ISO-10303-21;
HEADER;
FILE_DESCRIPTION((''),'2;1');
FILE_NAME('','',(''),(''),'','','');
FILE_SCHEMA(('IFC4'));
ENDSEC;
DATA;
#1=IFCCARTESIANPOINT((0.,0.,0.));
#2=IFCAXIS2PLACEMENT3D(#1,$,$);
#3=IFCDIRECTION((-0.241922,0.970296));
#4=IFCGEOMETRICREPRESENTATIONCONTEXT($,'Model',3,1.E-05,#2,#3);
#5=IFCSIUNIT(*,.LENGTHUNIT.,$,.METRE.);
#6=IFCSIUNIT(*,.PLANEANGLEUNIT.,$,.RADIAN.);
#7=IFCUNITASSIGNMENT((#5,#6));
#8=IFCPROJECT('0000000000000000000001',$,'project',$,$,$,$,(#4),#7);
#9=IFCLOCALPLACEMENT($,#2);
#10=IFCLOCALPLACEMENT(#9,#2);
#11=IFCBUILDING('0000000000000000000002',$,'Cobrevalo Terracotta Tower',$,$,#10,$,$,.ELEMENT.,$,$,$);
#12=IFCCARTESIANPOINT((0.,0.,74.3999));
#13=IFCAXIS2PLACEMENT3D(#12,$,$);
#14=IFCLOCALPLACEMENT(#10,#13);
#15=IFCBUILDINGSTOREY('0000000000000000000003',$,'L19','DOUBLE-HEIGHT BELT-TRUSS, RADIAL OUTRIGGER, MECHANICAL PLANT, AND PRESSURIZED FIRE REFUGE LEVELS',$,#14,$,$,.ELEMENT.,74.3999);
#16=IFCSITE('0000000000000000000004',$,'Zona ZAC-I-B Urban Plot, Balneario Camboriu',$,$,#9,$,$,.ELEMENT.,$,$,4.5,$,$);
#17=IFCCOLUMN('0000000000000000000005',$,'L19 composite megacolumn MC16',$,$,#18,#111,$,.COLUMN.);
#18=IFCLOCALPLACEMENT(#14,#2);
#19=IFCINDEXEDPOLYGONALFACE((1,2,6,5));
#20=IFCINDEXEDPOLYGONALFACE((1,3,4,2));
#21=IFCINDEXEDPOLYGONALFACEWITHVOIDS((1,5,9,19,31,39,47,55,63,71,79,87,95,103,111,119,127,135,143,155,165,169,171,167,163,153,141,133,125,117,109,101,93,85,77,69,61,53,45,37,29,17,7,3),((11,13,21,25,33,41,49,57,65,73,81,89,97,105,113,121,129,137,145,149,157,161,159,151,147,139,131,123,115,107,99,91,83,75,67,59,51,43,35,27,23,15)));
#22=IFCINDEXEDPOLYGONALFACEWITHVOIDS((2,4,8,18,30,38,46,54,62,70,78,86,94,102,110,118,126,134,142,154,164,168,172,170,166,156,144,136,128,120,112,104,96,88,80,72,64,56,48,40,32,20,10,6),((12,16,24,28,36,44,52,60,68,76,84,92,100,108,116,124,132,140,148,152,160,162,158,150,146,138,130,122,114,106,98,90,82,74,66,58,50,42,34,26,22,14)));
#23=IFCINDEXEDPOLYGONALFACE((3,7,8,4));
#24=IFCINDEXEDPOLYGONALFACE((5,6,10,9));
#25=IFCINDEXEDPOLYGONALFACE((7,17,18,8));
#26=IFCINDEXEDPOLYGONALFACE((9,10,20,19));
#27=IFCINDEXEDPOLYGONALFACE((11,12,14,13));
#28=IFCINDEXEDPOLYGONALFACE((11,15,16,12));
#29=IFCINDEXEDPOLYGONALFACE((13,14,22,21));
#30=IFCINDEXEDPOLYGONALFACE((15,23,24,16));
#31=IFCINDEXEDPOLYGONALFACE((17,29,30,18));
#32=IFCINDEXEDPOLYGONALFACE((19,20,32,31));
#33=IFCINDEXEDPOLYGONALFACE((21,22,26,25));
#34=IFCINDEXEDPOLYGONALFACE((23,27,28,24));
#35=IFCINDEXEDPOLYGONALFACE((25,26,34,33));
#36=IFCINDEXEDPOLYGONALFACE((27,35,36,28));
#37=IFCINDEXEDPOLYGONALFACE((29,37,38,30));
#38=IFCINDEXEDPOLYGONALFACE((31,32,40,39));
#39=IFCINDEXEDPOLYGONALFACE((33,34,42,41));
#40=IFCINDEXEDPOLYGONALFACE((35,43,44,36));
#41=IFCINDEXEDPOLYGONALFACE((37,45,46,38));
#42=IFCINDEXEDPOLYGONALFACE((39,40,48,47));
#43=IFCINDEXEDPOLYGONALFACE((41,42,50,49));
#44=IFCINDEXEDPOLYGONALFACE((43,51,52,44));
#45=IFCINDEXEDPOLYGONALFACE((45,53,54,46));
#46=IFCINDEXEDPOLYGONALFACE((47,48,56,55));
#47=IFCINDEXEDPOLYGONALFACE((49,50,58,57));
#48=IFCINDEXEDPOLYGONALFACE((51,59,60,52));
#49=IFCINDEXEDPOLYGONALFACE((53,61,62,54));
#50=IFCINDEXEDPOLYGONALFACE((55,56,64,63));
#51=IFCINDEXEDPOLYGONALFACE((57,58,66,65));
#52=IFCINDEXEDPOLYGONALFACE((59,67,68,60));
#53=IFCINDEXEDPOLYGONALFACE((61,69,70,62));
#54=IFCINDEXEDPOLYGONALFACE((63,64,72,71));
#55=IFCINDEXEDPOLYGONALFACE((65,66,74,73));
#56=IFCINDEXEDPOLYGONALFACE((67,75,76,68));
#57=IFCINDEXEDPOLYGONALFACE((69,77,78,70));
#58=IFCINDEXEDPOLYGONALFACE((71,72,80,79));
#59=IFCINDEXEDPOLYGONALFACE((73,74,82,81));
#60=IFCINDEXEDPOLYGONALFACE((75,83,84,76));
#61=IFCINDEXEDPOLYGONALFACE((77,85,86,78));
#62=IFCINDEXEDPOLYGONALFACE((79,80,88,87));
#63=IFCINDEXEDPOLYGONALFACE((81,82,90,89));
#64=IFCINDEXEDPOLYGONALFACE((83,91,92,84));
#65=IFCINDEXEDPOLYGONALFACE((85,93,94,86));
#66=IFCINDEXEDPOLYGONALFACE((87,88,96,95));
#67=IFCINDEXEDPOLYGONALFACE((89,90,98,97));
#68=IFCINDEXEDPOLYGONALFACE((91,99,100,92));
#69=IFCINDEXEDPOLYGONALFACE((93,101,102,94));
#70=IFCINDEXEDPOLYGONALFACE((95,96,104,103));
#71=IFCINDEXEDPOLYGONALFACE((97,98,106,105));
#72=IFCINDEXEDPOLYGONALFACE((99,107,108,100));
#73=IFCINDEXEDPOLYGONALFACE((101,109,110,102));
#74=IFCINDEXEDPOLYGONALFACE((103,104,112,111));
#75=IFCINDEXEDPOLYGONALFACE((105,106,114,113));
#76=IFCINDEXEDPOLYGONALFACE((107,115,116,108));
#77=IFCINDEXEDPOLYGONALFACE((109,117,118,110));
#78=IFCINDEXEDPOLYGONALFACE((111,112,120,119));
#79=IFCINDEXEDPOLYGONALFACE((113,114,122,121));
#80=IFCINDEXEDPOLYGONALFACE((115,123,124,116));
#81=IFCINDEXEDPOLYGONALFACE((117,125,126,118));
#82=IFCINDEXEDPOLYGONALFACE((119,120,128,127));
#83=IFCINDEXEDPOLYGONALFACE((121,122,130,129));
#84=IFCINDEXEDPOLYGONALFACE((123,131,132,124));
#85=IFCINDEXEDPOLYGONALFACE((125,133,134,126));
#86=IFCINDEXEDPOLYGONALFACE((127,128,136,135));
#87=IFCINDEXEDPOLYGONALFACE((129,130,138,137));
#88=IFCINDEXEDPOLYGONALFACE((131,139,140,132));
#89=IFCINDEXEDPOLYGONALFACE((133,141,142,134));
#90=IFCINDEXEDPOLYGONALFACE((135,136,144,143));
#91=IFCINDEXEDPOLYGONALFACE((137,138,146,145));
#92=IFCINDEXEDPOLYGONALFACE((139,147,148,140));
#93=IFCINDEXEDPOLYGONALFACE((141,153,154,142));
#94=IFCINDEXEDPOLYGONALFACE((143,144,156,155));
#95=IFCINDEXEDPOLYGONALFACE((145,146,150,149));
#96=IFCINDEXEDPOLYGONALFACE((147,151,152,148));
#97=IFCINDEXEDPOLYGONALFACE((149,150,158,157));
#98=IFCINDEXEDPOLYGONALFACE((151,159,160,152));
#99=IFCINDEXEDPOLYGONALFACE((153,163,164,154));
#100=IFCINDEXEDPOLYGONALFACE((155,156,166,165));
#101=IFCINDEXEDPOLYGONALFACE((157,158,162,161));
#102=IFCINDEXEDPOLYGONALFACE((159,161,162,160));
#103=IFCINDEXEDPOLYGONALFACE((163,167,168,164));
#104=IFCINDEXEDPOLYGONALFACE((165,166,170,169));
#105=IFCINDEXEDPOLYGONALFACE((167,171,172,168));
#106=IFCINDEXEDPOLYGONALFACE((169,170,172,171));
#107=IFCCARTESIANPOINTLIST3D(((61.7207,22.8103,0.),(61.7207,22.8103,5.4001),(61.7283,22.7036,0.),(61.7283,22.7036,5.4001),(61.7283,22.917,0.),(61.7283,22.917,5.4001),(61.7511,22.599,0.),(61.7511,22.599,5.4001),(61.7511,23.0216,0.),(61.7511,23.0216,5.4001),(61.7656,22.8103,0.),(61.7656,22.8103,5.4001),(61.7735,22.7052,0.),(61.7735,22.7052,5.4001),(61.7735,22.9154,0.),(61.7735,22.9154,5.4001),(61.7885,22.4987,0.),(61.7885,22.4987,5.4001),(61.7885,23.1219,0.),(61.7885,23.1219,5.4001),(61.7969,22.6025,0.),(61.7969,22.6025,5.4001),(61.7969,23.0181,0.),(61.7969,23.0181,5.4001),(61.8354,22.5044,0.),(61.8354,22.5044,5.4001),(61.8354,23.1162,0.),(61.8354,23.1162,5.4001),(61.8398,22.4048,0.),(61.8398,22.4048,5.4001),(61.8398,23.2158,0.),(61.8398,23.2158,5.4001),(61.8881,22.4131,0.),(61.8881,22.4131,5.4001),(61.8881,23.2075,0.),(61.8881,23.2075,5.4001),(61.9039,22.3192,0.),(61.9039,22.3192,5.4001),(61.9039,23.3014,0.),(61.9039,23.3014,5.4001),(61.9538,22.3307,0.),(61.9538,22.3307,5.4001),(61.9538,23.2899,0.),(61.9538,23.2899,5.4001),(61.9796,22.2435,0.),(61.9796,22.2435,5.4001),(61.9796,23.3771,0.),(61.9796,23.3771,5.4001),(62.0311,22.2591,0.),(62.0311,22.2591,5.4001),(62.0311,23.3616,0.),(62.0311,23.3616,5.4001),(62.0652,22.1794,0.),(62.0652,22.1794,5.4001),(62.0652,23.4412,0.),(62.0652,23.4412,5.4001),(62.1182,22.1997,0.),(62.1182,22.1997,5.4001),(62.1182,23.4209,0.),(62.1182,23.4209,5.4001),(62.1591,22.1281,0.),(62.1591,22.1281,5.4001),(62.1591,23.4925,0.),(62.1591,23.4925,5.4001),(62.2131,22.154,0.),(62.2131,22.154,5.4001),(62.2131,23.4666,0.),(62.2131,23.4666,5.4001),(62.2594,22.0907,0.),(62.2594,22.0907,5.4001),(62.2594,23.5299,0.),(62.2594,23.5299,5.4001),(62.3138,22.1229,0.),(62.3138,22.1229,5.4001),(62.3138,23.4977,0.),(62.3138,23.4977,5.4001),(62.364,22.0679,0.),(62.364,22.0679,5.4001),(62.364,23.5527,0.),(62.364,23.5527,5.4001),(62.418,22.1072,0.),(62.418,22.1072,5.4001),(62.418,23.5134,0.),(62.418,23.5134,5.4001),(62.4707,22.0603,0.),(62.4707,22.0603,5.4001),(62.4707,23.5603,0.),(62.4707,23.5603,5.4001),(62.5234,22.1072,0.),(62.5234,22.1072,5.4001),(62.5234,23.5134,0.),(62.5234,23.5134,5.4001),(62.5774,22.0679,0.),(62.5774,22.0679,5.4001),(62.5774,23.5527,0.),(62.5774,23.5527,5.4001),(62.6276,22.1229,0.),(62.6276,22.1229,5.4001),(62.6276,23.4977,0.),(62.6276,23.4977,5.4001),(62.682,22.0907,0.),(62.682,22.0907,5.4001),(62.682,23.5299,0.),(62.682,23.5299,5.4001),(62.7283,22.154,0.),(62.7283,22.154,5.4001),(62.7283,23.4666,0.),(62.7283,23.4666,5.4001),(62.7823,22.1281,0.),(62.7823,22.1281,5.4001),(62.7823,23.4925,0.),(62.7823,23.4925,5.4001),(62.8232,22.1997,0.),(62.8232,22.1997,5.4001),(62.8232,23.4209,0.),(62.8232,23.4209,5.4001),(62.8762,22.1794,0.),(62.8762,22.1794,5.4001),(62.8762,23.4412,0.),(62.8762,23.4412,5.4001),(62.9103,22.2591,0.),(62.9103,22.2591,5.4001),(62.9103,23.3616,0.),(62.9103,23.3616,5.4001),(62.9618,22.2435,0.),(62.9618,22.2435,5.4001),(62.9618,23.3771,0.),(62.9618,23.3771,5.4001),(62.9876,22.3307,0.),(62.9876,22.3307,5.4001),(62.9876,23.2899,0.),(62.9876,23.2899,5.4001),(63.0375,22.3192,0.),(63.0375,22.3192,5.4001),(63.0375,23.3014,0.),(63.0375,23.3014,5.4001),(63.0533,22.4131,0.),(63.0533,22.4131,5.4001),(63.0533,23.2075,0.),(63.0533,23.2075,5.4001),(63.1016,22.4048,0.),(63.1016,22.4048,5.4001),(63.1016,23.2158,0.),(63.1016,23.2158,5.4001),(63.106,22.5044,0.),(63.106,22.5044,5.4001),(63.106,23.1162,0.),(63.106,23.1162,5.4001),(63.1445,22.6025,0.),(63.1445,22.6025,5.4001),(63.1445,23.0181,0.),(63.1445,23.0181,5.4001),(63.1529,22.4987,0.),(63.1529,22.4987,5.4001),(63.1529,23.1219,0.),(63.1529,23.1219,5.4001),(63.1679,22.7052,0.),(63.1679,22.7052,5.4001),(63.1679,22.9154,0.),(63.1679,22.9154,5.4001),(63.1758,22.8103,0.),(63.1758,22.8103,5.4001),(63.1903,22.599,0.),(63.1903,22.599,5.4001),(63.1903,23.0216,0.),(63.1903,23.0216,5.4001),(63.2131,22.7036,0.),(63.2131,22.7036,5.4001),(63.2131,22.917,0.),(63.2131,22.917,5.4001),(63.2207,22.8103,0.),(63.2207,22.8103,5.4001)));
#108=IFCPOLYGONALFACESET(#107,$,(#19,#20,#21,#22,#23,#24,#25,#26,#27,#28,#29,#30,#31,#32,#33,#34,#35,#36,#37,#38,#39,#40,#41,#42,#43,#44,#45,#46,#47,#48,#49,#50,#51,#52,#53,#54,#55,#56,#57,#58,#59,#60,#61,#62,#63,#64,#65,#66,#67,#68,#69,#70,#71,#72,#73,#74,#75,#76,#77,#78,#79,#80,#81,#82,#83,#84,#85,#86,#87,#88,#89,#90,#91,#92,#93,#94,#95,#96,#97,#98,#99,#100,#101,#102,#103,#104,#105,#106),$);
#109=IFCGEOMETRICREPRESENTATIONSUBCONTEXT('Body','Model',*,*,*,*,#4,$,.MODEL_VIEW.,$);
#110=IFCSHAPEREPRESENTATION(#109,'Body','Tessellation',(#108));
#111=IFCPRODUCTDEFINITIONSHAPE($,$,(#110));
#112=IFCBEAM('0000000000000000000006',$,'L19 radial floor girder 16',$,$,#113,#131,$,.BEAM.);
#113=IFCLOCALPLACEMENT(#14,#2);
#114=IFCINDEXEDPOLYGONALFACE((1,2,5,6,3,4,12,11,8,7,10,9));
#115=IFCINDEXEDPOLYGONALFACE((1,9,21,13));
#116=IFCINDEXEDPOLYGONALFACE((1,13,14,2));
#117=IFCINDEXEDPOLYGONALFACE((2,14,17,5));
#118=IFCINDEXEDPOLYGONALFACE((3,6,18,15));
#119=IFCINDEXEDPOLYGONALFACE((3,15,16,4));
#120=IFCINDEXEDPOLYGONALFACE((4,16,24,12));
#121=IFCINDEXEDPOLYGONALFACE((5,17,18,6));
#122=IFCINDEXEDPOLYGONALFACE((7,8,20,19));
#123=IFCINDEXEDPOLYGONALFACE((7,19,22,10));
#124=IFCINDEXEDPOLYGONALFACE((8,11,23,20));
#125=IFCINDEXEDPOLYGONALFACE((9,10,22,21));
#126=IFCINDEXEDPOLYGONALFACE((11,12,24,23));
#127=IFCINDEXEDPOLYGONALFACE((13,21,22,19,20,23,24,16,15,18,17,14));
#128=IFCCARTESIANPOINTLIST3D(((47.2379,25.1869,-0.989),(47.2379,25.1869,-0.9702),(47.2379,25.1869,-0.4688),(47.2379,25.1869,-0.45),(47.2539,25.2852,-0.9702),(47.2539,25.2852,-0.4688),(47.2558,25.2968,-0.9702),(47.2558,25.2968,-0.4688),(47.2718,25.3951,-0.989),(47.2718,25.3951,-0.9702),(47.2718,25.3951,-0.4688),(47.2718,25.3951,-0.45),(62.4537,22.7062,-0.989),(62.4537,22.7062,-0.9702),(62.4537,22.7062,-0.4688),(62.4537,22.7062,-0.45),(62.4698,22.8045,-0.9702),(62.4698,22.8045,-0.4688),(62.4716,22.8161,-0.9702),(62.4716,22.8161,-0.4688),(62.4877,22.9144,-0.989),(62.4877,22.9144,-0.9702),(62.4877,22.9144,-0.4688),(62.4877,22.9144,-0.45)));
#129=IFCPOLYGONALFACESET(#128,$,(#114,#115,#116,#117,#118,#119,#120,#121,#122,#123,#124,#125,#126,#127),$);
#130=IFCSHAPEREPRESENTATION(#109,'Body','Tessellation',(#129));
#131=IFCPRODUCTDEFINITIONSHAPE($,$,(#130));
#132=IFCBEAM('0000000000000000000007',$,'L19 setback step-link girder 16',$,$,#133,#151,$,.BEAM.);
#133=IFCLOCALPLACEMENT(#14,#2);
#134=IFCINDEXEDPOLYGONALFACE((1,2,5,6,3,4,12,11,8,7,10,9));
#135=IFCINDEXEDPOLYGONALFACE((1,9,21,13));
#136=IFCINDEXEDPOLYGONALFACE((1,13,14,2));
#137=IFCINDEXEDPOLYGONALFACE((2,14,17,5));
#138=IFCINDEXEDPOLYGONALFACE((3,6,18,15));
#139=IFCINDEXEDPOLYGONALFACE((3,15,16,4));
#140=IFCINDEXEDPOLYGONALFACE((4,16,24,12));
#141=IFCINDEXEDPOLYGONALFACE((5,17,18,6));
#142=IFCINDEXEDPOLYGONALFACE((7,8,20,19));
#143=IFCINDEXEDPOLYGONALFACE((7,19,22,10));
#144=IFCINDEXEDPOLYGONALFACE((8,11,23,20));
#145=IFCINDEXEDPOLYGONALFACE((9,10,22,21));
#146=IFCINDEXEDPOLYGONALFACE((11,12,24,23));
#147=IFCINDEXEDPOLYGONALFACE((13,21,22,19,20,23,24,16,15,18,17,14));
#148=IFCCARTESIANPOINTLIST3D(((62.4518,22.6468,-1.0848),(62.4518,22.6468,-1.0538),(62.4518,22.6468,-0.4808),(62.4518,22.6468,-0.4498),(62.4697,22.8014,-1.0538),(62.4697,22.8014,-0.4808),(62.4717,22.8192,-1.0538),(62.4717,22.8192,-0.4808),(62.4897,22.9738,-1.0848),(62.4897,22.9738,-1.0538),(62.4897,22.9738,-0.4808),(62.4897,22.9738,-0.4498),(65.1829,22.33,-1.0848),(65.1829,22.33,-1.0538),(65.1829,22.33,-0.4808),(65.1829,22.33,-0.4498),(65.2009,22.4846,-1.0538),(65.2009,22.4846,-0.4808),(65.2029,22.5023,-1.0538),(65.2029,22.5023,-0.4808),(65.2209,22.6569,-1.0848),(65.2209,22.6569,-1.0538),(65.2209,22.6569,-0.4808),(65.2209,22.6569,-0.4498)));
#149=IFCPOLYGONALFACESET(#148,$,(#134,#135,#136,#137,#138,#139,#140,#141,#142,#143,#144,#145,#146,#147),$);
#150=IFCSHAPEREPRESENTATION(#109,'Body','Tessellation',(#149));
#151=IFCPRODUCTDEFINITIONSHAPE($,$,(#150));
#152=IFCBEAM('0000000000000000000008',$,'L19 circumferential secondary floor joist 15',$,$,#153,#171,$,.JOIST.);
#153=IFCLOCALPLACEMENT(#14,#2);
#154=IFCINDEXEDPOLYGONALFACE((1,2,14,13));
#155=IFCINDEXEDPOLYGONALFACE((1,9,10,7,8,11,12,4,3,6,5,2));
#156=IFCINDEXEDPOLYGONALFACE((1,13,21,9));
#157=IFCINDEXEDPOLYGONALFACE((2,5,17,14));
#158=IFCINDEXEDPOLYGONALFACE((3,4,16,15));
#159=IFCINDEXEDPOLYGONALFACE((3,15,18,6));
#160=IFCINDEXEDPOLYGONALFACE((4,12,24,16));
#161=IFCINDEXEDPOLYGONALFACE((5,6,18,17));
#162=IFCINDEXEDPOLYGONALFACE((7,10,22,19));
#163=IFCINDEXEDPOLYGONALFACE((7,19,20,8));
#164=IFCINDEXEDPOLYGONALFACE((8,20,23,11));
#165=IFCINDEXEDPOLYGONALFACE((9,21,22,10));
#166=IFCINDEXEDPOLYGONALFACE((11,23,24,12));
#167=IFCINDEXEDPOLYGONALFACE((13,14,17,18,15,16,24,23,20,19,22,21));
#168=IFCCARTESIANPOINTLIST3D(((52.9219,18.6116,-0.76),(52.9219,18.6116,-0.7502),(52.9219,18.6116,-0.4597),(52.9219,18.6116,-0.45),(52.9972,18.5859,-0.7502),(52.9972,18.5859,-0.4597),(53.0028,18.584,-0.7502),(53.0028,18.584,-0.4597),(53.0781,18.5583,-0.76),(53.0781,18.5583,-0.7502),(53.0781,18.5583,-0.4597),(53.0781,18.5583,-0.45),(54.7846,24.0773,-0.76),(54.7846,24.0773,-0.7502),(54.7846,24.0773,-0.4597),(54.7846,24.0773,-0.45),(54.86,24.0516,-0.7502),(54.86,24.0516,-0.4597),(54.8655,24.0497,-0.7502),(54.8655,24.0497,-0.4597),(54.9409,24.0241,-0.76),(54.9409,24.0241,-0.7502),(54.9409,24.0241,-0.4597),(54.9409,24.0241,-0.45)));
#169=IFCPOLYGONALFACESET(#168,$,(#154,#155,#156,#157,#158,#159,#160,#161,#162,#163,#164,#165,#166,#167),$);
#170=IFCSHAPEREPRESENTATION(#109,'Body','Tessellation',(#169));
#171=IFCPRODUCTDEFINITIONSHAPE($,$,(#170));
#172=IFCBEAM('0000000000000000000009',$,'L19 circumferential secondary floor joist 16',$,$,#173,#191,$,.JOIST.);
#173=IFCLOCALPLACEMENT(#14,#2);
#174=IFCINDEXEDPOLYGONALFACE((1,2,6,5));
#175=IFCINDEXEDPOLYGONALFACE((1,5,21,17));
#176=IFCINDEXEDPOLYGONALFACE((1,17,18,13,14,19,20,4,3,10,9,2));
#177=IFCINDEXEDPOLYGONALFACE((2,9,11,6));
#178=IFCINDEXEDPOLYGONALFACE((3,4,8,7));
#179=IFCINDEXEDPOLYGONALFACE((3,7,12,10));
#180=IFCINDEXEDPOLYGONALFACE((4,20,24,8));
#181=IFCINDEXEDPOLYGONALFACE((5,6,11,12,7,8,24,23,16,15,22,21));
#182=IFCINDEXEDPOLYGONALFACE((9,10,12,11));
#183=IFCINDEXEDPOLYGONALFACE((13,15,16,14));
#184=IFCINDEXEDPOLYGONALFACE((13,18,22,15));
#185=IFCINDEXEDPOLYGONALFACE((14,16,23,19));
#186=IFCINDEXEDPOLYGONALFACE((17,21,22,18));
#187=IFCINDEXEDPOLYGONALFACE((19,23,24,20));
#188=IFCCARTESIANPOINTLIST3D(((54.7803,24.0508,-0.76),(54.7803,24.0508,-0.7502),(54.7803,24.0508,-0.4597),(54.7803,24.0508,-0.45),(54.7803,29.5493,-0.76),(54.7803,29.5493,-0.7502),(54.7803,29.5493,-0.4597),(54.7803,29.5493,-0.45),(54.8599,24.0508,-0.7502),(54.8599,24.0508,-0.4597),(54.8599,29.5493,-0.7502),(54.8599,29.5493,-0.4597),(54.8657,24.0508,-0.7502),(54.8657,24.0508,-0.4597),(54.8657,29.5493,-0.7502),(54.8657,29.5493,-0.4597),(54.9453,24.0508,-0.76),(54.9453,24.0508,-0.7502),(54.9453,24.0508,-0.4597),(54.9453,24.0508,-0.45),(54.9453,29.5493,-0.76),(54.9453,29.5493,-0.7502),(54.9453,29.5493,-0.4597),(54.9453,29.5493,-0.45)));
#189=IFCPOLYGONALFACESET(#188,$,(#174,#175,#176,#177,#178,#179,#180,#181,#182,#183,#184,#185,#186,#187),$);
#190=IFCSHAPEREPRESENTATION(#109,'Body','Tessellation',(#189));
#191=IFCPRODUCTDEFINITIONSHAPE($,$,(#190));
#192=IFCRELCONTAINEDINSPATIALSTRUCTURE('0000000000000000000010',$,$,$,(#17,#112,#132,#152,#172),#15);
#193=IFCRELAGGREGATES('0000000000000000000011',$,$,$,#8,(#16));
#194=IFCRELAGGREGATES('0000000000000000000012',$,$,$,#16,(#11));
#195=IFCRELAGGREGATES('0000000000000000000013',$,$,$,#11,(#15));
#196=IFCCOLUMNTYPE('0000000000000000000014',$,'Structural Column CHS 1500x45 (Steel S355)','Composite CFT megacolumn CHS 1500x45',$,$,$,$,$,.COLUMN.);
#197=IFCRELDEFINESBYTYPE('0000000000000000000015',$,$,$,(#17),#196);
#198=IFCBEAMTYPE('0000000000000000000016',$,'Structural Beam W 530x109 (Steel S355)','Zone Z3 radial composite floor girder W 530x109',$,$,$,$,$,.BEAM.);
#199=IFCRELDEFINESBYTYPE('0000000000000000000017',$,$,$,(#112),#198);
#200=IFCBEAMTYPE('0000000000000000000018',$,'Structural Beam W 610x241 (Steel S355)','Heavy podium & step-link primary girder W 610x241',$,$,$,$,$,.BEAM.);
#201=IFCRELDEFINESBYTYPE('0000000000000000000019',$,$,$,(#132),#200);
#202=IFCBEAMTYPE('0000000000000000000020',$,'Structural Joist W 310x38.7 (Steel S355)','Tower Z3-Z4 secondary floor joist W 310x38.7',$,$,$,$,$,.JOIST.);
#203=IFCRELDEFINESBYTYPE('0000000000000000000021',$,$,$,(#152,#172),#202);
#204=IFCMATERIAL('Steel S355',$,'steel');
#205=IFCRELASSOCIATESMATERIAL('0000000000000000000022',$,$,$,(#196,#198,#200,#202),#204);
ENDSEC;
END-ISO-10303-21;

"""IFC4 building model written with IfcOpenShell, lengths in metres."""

from ifc_helpers import new_model, si_unit, direction, frame, origin, origin_2d, place, context, subcontext, project, spatial, hollow_circle, i_section, extrude, material, material_profile, profile_set, type_object, element, save


model = new_model("IFC4")

# Units and contexts
model_context = context("Model", 3, precision=1e-05, world=origin(), true_north=direction((-0.241922, 0.970296)))
body_context = subcontext(model_context, "Body", "Model", "MODEL_VIEW")
ifc_project = project(units=[si_unit("LENGTHUNIT", "METRE"), si_unit("PLANEANGLEUNIT", "RADIAN")], contexts=[model_context])

# Site, building, storey
site_placement = place(None, origin())
site = spatial("IfcSite", under=ifc_project, at=site_placement, Name="Zona ZAC-I-B Urban Plot, Balneario Camboriu", CompositionType="ELEMENT", RefElevation=4.5)
building_placement = place(site_placement, origin())
building = spatial("IfcBuilding", under=site, at=building_placement, Name="Cobrevalo Terracotta Tower", CompositionType="ELEMENT")
storey_placement = place(building_placement, frame((0.0, 0.0, 74.3999)))
storey = spatial("IfcBuildingStorey", under=building, at=storey_placement, Name="L19", Description="DOUBLE-HEIGHT BELT-TRUSS, RADIAL OUTRIGGER, MECHANICAL PLANT, AND PRESSURIZED FIRE REFUGE LEVELS", CompositionType="ELEMENT", Elevation=74.3999)

# Column
ifc_material_1 = material(Name="Steel S355", Category="steel")
ifc_material_profile_1 = material_profile(ifc_material_1, hollow_circle(Radius=0.75, WallThickness=0.0449, at=origin_2d()), Name="CHS 1500x45")
ifc_profile_set_1 = profile_set([ifc_material_profile_1], Name="Steel S355")
column_type = type_object("IfcColumnType", Name="Structural Column CHS 1500x45 (Steel S355)", Description="Composite CFT megacolumn CHS 1500x45", PredefinedType="COLUMN", material=ifc_profile_set_1)
column_placement = place(storey_placement, frame((62.4707, 22.8103, 0.0), z_axis=(0.0, 0.0, 1.0), x_axis=(1.0, 0.0, 0.0)))
element("IfcColumn", 1, at=column_placement, inside=storey, type_object=column_type, Name="L19 composite megacolumn MC16", PredefinedType="COLUMN", context=body_context, shape_type="SweptSolid", body=[
    extrude(hollow_circle(Radius=0.75, WallThickness=0.0449, at=origin_2d()), origin(), (0.0, 0.0, 1.0), 5.4001),
])

# Beams
ifc_material_profile_2 = material_profile(ifc_material_1, i_section(OverallWidth=0.2109, OverallDepth=0.5391, WebThickness=0.0117, FlangeThickness=0.0188, at=origin_2d()), Name="W 530x109")
ifc_profile_set_2 = profile_set([ifc_material_profile_2], Name="Steel S355")
beam_type_1 = type_object("IfcBeamType", Name="Structural Beam W 530x109 (Steel S355)", Description="Zone Z3 radial composite floor girder W 530x109", PredefinedType="BEAM", material=ifc_profile_set_2)
beam_1_placement = place(storey_placement, frame((62.4707, 22.8103, -0.7195), z_axis=(-0.986969, 0.160911, 0.0), x_axis=(-0.160911, -0.986969, 0.0)))
element("IfcBeam", 2, at=beam_1_placement, inside=storey, type_object=beam_type_1, Name="L19 radial floor girder 16", PredefinedType="BEAM", context=body_context, shape_type="SweptSolid", body=[
    extrude(i_section(OverallWidth=0.2109, OverallDepth=0.5391, WebThickness=0.0117, FlangeThickness=0.0188, at=origin_2d()), origin(), (0.0, 0.0, 1.0), 15.4167),
])
ifc_material_profile_3 = material_profile(ifc_material_1, i_section(OverallWidth=0.3291, OverallDepth=0.635, WebThickness=0.0178, FlangeThickness=0.031, at=origin_2d()), Name="W 610x241")
ifc_profile_set_3 = profile_set([ifc_material_profile_3], Name="Steel S355")
beam_type_2 = type_object("IfcBeamType", Name="Structural Beam W 610x241 (Steel S355)", Description="Heavy podium & step-link primary girder W 610x241", PredefinedType="BEAM", material=ifc_profile_set_3)
beam_2_placement = place(storey_placement, frame((65.2019, 22.4934, -0.7673), z_axis=(-0.993336, 0.115254, 0.0), x_axis=(-0.115254, -0.993336, 0.0)))
element("IfcBeam", 3, at=beam_2_placement, inside=storey, type_object=beam_type_2, Name="L19 setback step-link girder 16", PredefinedType="BEAM", context=body_context, shape_type="SweptSolid", body=[
    extrude(i_section(OverallWidth=0.3291, OverallDepth=0.635, WebThickness=0.0178, FlangeThickness=0.031, at=origin_2d()), origin(), (0.0, 0.0, 1.0), 2.7495),
])
ifc_material_profile_4 = material_profile(ifc_material_1, i_section(OverallWidth=0.165, OverallDepth=0.3101, WebThickness=0.0059, FlangeThickness=0.0098, at=origin_2d()), Name="W 310x38.7")
ifc_profile_set_4 = profile_set([ifc_material_profile_4], Name="Steel S355")
beam_type_3 = type_object("IfcBeamType", Name="Structural Joist W 310x38.7 (Steel S355)", Description="Tower Z3-Z4 secondary floor joist W 310x38.7", PredefinedType="JOIST", material=ifc_profile_set_4)
beam_3_placement = place(storey_placement, frame((53.0, 18.585, -0.605), z_axis=(0.322588, 0.94654, 0.0), x_axis=(-0.94654, 0.322588, 0.0)))
element("IfcBeam", 4, at=beam_3_placement, inside=storey, type_object=beam_type_3, Name="L19 circumferential secondary floor joist 15", PredefinedType="JOIST", context=body_context, shape_type="SweptSolid", body=[
    extrude(i_section(OverallWidth=0.165, OverallDepth=0.3101, WebThickness=0.0059, FlangeThickness=0.0098, at=origin_2d()), origin(), (0.0, 0.0, 1.0), 5.7744),
])
beam_4_placement = place(storey_placement, frame((54.8628, 24.0508, -0.605), z_axis=(0.0, 1.0, 0.0), x_axis=(-1.0, 0.0, 0.0)))
element("IfcBeam", 5, at=beam_4_placement, inside=storey, type_object=beam_type_3, Name="L19 circumferential secondary floor joist 16", PredefinedType="JOIST", context=body_context, shape_type="SweptSolid", body=[
    extrude(i_section(OverallWidth=0.165, OverallDepth=0.3101, WebThickness=0.0059, FlangeThickness=0.0098, at=origin_2d()), origin(), (0.0, 0.0, 1.0), 5.4985),
])

save(model, "model.ifc")
